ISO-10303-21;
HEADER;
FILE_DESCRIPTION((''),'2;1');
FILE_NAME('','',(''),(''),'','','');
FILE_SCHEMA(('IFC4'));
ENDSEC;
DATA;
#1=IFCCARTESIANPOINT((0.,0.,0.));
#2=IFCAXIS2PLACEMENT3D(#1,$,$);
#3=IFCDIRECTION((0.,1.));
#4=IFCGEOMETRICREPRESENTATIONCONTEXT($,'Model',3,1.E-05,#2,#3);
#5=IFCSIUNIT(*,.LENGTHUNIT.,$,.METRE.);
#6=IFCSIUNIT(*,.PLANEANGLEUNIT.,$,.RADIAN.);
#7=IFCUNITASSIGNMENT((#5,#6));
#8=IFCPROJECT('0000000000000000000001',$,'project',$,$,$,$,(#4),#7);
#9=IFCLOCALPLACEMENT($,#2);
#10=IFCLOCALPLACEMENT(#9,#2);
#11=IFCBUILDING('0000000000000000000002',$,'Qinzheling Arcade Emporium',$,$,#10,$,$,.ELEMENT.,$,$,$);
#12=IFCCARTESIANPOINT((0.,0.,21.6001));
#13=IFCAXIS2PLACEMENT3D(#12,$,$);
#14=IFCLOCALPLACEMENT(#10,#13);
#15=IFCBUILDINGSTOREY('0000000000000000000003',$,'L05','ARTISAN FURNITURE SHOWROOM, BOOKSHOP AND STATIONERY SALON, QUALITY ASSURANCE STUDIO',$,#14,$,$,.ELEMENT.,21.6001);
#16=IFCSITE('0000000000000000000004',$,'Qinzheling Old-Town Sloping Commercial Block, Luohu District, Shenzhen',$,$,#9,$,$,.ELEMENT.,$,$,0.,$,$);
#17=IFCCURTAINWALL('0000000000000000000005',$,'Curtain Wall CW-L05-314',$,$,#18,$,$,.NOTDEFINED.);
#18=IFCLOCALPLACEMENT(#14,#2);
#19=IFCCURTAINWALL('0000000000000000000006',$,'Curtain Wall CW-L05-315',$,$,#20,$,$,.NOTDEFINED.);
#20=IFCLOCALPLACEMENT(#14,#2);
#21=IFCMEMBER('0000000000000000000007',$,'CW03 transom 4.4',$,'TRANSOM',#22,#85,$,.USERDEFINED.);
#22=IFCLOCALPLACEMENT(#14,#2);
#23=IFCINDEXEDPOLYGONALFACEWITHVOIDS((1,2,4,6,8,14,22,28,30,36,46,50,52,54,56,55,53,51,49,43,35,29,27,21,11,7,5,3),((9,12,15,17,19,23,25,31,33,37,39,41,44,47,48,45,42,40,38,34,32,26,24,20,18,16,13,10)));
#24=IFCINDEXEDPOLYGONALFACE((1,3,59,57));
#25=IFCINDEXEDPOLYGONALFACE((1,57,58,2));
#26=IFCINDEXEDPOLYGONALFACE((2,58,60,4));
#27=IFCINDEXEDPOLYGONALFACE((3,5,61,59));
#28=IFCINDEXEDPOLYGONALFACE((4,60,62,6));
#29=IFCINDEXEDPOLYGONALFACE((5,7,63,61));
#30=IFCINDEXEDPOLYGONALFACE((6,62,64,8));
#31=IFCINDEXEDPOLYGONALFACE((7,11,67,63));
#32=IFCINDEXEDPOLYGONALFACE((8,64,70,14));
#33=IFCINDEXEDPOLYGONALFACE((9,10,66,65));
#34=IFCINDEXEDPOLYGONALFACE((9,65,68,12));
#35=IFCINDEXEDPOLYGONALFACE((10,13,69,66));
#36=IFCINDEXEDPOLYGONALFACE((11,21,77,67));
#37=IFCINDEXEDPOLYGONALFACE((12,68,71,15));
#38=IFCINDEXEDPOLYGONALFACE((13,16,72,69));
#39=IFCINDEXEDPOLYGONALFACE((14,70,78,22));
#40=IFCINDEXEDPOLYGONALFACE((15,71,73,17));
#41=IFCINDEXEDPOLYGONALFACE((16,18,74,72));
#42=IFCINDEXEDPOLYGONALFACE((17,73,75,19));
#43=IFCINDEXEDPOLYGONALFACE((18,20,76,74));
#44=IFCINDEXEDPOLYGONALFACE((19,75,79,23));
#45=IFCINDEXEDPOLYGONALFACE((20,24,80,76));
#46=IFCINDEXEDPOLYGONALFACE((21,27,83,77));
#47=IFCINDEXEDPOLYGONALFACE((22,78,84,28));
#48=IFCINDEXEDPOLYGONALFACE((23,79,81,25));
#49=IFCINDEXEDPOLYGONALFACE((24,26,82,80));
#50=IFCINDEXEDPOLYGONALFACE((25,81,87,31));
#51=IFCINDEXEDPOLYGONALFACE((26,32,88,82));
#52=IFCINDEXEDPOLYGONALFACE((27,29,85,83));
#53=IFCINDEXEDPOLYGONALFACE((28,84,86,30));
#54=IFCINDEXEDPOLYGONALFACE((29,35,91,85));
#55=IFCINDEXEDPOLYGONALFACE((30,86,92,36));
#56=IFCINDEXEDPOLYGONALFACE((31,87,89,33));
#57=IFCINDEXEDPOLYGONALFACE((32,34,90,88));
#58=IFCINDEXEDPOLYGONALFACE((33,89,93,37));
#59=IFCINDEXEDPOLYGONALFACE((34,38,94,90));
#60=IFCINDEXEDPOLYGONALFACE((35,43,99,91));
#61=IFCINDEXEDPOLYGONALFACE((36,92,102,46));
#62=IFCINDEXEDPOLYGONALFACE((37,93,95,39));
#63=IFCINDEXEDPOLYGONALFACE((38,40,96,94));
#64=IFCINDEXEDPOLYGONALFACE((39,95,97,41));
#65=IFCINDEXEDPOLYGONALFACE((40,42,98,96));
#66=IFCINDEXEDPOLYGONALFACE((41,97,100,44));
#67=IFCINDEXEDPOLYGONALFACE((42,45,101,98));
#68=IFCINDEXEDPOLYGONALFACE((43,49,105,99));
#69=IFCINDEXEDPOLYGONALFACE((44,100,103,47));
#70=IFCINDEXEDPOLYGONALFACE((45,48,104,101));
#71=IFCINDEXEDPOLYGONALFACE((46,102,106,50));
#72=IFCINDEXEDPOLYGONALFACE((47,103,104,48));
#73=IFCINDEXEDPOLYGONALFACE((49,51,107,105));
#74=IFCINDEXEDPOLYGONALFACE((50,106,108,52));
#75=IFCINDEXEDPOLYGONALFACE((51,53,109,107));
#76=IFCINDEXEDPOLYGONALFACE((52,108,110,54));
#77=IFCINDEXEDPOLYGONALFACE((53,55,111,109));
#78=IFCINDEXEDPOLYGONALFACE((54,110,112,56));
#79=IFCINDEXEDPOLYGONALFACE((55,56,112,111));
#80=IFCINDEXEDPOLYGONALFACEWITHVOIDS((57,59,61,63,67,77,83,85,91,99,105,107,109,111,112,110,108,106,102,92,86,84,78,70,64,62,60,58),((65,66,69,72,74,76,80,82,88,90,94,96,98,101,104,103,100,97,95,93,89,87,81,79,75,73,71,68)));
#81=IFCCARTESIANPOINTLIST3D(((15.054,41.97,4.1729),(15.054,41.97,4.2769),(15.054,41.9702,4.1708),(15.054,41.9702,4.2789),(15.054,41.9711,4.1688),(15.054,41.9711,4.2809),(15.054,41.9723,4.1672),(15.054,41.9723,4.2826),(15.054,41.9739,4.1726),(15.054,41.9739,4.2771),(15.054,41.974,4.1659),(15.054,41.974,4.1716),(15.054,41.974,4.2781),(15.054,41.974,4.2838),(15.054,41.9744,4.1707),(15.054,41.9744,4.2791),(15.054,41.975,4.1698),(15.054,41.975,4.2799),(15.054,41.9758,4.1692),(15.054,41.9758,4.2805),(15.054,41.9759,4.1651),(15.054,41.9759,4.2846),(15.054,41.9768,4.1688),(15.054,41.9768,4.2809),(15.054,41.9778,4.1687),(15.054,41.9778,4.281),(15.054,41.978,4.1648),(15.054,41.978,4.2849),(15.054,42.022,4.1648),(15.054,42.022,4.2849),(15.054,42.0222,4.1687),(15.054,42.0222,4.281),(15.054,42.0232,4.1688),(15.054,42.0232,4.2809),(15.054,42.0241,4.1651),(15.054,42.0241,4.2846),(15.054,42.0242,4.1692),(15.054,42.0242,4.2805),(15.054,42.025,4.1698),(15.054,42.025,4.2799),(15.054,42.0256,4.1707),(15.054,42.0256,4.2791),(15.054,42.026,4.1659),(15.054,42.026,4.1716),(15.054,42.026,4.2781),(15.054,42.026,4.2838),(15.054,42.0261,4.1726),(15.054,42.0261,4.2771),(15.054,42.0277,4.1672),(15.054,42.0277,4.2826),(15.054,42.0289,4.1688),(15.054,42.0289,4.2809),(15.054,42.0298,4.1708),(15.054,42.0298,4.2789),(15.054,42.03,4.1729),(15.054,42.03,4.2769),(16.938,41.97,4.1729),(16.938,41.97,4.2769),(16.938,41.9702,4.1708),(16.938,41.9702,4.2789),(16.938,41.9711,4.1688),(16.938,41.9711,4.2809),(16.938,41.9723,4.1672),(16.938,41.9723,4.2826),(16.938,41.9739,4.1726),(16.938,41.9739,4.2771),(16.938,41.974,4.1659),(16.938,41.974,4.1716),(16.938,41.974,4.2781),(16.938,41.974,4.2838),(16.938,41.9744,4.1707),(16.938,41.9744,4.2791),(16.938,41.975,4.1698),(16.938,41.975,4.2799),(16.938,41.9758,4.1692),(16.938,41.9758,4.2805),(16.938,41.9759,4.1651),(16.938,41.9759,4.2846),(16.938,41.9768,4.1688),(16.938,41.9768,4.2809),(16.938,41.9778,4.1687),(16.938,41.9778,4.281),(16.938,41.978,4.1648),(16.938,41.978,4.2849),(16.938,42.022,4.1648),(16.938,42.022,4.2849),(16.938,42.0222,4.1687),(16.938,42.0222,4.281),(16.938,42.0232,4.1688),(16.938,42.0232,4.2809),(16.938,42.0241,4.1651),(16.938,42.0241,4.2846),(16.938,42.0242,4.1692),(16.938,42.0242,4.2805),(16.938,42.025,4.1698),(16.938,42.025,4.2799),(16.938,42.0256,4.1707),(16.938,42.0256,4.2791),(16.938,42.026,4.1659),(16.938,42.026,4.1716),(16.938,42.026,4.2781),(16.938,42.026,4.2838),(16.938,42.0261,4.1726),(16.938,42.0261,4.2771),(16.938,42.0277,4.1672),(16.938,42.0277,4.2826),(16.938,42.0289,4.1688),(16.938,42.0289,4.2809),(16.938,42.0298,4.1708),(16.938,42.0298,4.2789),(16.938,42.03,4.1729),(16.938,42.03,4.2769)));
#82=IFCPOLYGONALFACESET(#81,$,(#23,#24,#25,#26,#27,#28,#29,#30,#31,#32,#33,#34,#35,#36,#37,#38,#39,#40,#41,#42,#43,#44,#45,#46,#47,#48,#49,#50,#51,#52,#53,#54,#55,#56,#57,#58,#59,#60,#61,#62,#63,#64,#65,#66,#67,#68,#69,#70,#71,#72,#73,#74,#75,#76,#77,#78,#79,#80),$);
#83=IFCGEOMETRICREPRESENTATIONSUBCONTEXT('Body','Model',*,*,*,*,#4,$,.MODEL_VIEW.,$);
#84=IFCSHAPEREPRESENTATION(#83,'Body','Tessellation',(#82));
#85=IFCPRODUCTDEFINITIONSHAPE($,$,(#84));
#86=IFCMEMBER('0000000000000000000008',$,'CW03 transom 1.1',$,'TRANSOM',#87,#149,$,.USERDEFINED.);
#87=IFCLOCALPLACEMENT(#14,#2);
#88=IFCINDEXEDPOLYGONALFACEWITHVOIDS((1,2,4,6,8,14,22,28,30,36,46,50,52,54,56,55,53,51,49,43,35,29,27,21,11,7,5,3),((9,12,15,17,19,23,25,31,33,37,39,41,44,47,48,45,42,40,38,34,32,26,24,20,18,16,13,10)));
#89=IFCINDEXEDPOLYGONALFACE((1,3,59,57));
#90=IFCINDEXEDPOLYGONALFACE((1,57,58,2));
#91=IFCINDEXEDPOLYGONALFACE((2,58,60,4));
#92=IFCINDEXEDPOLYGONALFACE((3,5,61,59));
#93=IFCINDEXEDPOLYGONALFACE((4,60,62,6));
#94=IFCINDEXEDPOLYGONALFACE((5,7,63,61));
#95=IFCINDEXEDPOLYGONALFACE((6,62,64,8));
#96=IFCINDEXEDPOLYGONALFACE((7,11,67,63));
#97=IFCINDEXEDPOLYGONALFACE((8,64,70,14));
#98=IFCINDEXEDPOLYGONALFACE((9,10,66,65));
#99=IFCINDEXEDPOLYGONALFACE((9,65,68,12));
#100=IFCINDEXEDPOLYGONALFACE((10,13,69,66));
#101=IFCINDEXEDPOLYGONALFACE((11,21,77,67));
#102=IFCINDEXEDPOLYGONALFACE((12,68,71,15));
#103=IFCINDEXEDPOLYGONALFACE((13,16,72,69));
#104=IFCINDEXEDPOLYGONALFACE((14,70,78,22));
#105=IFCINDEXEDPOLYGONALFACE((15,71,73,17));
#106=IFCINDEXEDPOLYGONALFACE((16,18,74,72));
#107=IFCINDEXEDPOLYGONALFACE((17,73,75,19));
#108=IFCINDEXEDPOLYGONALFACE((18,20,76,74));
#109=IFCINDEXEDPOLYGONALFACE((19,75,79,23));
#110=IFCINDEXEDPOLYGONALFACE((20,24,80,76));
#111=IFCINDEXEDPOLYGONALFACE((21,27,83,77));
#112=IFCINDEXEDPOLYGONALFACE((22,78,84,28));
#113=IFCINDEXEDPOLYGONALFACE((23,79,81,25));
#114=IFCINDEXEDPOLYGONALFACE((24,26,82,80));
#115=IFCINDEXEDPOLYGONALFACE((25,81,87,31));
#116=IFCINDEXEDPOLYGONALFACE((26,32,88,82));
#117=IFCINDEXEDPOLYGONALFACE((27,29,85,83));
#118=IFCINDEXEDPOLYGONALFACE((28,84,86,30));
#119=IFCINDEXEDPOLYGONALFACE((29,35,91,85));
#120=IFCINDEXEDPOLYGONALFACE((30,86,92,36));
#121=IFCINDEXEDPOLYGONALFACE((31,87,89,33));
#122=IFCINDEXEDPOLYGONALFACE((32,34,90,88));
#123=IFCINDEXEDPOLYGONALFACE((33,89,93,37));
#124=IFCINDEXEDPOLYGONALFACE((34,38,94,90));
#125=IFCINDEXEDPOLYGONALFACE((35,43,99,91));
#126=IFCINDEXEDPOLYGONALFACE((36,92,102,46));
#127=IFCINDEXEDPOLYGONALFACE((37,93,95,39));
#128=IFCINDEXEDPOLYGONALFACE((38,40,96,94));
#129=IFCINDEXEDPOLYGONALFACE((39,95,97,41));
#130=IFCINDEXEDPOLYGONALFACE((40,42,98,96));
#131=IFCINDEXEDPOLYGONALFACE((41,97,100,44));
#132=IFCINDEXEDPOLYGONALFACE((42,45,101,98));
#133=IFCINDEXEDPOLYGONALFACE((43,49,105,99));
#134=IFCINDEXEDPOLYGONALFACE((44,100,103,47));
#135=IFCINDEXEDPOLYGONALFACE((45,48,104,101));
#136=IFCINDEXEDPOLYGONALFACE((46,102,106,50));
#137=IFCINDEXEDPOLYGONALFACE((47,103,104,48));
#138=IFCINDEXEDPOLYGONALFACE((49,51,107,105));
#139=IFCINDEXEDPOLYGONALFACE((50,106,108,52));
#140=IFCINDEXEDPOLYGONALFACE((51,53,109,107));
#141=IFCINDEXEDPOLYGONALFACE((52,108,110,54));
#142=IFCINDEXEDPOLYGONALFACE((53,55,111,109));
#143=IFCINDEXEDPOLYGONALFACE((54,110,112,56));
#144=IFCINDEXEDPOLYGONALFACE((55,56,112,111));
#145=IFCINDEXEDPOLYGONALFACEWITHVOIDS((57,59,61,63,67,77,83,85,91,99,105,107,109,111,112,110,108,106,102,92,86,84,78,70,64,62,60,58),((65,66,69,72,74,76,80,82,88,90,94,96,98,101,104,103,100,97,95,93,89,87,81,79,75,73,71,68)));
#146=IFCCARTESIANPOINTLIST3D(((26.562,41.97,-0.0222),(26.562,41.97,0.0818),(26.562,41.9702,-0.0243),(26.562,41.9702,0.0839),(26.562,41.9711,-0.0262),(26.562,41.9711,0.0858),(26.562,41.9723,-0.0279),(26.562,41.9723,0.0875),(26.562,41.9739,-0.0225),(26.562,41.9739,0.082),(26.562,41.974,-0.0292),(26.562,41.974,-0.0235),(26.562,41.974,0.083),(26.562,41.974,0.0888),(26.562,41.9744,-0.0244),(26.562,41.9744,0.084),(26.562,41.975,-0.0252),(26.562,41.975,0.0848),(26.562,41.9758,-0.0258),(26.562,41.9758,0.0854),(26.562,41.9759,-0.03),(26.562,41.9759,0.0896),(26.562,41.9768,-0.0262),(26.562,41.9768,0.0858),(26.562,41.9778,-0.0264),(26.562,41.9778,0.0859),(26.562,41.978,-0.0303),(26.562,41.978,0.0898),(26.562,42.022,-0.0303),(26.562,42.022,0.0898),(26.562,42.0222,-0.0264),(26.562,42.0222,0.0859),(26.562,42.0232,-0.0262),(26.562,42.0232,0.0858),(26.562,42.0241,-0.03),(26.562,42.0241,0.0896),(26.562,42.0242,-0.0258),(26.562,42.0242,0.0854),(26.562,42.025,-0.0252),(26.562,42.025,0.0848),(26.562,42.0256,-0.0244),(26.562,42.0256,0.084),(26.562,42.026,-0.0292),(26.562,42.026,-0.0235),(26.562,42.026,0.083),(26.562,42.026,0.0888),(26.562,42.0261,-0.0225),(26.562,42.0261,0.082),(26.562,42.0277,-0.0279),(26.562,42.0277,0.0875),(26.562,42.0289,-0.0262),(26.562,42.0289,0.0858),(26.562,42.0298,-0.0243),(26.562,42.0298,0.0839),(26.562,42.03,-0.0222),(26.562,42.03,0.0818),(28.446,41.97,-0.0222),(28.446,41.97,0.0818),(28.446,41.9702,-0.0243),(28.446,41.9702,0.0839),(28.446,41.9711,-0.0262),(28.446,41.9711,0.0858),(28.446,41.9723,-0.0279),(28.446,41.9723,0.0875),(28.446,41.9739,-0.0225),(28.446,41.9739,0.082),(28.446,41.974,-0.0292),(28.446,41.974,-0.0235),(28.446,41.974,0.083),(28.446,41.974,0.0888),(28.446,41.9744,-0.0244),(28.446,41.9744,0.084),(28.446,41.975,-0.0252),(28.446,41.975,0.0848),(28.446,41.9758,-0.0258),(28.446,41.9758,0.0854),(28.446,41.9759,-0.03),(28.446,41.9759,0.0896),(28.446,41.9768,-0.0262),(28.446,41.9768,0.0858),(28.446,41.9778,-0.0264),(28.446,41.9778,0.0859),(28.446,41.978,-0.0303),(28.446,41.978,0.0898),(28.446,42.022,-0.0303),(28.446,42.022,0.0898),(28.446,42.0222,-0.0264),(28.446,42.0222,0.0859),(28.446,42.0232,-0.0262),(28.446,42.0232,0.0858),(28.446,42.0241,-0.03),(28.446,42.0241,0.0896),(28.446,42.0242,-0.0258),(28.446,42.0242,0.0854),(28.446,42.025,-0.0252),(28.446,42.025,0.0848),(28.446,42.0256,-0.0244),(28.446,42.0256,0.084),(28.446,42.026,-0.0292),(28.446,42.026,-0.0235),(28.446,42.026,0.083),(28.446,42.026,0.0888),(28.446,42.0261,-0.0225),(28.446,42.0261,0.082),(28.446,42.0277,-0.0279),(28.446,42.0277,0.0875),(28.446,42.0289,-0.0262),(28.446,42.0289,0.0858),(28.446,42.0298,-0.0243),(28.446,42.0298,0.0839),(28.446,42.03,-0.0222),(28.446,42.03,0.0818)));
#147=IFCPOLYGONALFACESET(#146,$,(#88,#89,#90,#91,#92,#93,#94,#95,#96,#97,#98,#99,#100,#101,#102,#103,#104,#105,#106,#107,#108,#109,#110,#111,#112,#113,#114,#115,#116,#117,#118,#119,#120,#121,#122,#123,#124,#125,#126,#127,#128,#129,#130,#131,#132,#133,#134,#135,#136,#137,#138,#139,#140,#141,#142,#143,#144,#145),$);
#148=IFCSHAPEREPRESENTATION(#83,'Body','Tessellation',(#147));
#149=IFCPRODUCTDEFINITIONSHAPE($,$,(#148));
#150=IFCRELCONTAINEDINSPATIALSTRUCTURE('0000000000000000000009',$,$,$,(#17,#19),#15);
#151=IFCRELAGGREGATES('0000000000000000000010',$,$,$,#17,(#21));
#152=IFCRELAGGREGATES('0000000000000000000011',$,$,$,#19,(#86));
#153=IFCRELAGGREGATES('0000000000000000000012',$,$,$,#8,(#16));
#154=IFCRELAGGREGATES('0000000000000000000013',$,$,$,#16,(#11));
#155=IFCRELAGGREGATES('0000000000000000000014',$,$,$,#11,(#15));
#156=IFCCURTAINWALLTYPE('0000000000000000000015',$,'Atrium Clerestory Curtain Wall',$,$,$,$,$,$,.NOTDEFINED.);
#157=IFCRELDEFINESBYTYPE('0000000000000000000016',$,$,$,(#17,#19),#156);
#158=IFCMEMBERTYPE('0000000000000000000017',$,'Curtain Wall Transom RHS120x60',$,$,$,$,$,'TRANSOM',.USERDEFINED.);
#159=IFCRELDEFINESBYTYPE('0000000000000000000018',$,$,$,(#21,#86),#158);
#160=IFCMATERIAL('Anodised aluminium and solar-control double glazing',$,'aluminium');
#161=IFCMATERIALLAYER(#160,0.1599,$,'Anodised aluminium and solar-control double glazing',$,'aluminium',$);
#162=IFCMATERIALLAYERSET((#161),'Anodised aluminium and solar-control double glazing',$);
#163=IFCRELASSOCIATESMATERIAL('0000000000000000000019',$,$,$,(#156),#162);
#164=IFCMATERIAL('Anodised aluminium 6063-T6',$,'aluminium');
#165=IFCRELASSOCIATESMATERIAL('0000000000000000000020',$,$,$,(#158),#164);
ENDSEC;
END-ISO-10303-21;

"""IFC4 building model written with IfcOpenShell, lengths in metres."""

from ifc_helpers import new_model, si_unit, direction, frame, origin, origin_2d, place, context, subcontext, project, spatial, hollow_rectangle, extrude, material, layer, layer_set, material_profile, profile_set, type_object, element, aggregate, save


model = new_model("IFC4")

# Units and contexts
model_context = context("Model", 3, precision=1e-05, world=origin(), true_north=direction((0.0, 1.0)))
body_context = subcontext(model_context, "Body", "Model", "MODEL_VIEW")
ifc_project = project(units=[si_unit("LENGTHUNIT", "METRE"), si_unit("PLANEANGLEUNIT", "RADIAN")], contexts=[model_context])

# Site, building, storey
site_placement = place(None, origin())
site = spatial("IfcSite", under=ifc_project, at=site_placement, Name="Qinzheling Old-Town Sloping Commercial Block, Luohu District, Shenzhen", CompositionType="ELEMENT", RefElevation=0.0)
building_placement = place(site_placement, origin())
building = spatial("IfcBuilding", under=site, at=building_placement, Name="Qinzheling Arcade Emporium", CompositionType="ELEMENT")
storey_placement = place(building_placement, frame((0.0, 0.0, 21.6001)))
storey = spatial("IfcBuildingStorey", under=building, at=storey_placement, Name="L05", Description="ARTISAN FURNITURE SHOWROOM, BOOKSHOP AND STATIONERY SALON, QUALITY ASSURANCE STUDIO", CompositionType="ELEMENT", Elevation=21.6001)

# Curtain walls
ifc_material_1 = material(Name="Anodised aluminium and solar-control double glazing", Category="aluminium")
ifc_layer_1 = layer(ifc_material_1, 0.1599, Name="Anodised aluminium and solar-control double glazing", Category="aluminium")
ifc_layer_set_1 = layer_set([ifc_layer_1], Name="Anodised aluminium and solar-control double glazing")
curtain_wall_type = type_object("IfcCurtainWallType", Name="Atrium Clerestory Curtain Wall", PredefinedType="NOTDEFINED", material=ifc_layer_set_1)
curtain_wall_1_placement = place(storey_placement, origin())
curtain_wall_1 = element("IfcCurtainWall", 1, at=curtain_wall_1_placement, inside=storey, type_object=curtain_wall_type, Name="Curtain Wall CW-L05-314", PredefinedType="NOTDEFINED")
ifc_material_2 = material(Name="Anodised aluminium 6063-T6", Category="aluminium")
curtain_wall_2_placement = place(storey_placement, origin())
curtain_wall_2 = element("IfcCurtainWall", 2, at=curtain_wall_2_placement, inside=storey, type_object=curtain_wall_type, Name="Curtain Wall CW-L05-315", PredefinedType="NOTDEFINED")

# Members
ifc_material_profile_1 = material_profile(ifc_material_2, hollow_rectangle(XDim=0.0601, YDim=0.1201, WallThickness=0.0039, InnerFilletRadius=0.0039, OuterFilletRadius=0.0081, at=origin_2d()), Name="RHS 120x60x4", Category="aluminium")
ifc_profile_set_1 = profile_set([ifc_material_profile_1], Name="Anodised aluminium 6063-T6")
member_type_1 = type_object("IfcMemberType", Name="Curtain Wall Transom RHS120x60", ElementType="TRANSOM", PredefinedType="USERDEFINED", material=ifc_profile_set_1)
member_1_placement = place(storey_placement, frame((15.054, 42.0, 4.2249), z_axis=(1.0, 0.0, 0.0), x_axis=(0.0, 1.0, 0.0)))
member_1 = element("IfcMember", 3, at=member_1_placement, type_object=member_type_1, Name="CW03 transom 4.4", ObjectType="TRANSOM", PredefinedType="USERDEFINED", context=body_context, shape_type="SweptSolid", body=[
    extrude(hollow_rectangle(XDim=0.0601, YDim=0.1201, WallThickness=0.0039, InnerFilletRadius=0.0039, OuterFilletRadius=0.0081, at=origin_2d()), origin(), (0.0, 0.0, 1.0), 1.884),
])
member_2_placement = place(storey_placement, frame((26.562, 42.0, 0.0298), z_axis=(1.0, 0.0, 0.0), x_axis=(0.0, 1.0, 0.0)))
member_2 = element("IfcMember", 4, at=member_2_placement, type_object=member_type_1, Name="CW03 transom 1.1", ObjectType="TRANSOM", PredefinedType="USERDEFINED", context=body_context, shape_type="SweptSolid", body=[
    extrude(hollow_rectangle(XDim=0.0601, YDim=0.1201, WallThickness=0.0039, InnerFilletRadius=0.0039, OuterFilletRadius=0.0081, at=origin_2d()), origin(), (0.0, 0.0, 1.0), 1.884),
])

aggregate(curtain_wall_1, [member_1])
aggregate(curtain_wall_2, [member_2])

save(model, "model.ifc")
